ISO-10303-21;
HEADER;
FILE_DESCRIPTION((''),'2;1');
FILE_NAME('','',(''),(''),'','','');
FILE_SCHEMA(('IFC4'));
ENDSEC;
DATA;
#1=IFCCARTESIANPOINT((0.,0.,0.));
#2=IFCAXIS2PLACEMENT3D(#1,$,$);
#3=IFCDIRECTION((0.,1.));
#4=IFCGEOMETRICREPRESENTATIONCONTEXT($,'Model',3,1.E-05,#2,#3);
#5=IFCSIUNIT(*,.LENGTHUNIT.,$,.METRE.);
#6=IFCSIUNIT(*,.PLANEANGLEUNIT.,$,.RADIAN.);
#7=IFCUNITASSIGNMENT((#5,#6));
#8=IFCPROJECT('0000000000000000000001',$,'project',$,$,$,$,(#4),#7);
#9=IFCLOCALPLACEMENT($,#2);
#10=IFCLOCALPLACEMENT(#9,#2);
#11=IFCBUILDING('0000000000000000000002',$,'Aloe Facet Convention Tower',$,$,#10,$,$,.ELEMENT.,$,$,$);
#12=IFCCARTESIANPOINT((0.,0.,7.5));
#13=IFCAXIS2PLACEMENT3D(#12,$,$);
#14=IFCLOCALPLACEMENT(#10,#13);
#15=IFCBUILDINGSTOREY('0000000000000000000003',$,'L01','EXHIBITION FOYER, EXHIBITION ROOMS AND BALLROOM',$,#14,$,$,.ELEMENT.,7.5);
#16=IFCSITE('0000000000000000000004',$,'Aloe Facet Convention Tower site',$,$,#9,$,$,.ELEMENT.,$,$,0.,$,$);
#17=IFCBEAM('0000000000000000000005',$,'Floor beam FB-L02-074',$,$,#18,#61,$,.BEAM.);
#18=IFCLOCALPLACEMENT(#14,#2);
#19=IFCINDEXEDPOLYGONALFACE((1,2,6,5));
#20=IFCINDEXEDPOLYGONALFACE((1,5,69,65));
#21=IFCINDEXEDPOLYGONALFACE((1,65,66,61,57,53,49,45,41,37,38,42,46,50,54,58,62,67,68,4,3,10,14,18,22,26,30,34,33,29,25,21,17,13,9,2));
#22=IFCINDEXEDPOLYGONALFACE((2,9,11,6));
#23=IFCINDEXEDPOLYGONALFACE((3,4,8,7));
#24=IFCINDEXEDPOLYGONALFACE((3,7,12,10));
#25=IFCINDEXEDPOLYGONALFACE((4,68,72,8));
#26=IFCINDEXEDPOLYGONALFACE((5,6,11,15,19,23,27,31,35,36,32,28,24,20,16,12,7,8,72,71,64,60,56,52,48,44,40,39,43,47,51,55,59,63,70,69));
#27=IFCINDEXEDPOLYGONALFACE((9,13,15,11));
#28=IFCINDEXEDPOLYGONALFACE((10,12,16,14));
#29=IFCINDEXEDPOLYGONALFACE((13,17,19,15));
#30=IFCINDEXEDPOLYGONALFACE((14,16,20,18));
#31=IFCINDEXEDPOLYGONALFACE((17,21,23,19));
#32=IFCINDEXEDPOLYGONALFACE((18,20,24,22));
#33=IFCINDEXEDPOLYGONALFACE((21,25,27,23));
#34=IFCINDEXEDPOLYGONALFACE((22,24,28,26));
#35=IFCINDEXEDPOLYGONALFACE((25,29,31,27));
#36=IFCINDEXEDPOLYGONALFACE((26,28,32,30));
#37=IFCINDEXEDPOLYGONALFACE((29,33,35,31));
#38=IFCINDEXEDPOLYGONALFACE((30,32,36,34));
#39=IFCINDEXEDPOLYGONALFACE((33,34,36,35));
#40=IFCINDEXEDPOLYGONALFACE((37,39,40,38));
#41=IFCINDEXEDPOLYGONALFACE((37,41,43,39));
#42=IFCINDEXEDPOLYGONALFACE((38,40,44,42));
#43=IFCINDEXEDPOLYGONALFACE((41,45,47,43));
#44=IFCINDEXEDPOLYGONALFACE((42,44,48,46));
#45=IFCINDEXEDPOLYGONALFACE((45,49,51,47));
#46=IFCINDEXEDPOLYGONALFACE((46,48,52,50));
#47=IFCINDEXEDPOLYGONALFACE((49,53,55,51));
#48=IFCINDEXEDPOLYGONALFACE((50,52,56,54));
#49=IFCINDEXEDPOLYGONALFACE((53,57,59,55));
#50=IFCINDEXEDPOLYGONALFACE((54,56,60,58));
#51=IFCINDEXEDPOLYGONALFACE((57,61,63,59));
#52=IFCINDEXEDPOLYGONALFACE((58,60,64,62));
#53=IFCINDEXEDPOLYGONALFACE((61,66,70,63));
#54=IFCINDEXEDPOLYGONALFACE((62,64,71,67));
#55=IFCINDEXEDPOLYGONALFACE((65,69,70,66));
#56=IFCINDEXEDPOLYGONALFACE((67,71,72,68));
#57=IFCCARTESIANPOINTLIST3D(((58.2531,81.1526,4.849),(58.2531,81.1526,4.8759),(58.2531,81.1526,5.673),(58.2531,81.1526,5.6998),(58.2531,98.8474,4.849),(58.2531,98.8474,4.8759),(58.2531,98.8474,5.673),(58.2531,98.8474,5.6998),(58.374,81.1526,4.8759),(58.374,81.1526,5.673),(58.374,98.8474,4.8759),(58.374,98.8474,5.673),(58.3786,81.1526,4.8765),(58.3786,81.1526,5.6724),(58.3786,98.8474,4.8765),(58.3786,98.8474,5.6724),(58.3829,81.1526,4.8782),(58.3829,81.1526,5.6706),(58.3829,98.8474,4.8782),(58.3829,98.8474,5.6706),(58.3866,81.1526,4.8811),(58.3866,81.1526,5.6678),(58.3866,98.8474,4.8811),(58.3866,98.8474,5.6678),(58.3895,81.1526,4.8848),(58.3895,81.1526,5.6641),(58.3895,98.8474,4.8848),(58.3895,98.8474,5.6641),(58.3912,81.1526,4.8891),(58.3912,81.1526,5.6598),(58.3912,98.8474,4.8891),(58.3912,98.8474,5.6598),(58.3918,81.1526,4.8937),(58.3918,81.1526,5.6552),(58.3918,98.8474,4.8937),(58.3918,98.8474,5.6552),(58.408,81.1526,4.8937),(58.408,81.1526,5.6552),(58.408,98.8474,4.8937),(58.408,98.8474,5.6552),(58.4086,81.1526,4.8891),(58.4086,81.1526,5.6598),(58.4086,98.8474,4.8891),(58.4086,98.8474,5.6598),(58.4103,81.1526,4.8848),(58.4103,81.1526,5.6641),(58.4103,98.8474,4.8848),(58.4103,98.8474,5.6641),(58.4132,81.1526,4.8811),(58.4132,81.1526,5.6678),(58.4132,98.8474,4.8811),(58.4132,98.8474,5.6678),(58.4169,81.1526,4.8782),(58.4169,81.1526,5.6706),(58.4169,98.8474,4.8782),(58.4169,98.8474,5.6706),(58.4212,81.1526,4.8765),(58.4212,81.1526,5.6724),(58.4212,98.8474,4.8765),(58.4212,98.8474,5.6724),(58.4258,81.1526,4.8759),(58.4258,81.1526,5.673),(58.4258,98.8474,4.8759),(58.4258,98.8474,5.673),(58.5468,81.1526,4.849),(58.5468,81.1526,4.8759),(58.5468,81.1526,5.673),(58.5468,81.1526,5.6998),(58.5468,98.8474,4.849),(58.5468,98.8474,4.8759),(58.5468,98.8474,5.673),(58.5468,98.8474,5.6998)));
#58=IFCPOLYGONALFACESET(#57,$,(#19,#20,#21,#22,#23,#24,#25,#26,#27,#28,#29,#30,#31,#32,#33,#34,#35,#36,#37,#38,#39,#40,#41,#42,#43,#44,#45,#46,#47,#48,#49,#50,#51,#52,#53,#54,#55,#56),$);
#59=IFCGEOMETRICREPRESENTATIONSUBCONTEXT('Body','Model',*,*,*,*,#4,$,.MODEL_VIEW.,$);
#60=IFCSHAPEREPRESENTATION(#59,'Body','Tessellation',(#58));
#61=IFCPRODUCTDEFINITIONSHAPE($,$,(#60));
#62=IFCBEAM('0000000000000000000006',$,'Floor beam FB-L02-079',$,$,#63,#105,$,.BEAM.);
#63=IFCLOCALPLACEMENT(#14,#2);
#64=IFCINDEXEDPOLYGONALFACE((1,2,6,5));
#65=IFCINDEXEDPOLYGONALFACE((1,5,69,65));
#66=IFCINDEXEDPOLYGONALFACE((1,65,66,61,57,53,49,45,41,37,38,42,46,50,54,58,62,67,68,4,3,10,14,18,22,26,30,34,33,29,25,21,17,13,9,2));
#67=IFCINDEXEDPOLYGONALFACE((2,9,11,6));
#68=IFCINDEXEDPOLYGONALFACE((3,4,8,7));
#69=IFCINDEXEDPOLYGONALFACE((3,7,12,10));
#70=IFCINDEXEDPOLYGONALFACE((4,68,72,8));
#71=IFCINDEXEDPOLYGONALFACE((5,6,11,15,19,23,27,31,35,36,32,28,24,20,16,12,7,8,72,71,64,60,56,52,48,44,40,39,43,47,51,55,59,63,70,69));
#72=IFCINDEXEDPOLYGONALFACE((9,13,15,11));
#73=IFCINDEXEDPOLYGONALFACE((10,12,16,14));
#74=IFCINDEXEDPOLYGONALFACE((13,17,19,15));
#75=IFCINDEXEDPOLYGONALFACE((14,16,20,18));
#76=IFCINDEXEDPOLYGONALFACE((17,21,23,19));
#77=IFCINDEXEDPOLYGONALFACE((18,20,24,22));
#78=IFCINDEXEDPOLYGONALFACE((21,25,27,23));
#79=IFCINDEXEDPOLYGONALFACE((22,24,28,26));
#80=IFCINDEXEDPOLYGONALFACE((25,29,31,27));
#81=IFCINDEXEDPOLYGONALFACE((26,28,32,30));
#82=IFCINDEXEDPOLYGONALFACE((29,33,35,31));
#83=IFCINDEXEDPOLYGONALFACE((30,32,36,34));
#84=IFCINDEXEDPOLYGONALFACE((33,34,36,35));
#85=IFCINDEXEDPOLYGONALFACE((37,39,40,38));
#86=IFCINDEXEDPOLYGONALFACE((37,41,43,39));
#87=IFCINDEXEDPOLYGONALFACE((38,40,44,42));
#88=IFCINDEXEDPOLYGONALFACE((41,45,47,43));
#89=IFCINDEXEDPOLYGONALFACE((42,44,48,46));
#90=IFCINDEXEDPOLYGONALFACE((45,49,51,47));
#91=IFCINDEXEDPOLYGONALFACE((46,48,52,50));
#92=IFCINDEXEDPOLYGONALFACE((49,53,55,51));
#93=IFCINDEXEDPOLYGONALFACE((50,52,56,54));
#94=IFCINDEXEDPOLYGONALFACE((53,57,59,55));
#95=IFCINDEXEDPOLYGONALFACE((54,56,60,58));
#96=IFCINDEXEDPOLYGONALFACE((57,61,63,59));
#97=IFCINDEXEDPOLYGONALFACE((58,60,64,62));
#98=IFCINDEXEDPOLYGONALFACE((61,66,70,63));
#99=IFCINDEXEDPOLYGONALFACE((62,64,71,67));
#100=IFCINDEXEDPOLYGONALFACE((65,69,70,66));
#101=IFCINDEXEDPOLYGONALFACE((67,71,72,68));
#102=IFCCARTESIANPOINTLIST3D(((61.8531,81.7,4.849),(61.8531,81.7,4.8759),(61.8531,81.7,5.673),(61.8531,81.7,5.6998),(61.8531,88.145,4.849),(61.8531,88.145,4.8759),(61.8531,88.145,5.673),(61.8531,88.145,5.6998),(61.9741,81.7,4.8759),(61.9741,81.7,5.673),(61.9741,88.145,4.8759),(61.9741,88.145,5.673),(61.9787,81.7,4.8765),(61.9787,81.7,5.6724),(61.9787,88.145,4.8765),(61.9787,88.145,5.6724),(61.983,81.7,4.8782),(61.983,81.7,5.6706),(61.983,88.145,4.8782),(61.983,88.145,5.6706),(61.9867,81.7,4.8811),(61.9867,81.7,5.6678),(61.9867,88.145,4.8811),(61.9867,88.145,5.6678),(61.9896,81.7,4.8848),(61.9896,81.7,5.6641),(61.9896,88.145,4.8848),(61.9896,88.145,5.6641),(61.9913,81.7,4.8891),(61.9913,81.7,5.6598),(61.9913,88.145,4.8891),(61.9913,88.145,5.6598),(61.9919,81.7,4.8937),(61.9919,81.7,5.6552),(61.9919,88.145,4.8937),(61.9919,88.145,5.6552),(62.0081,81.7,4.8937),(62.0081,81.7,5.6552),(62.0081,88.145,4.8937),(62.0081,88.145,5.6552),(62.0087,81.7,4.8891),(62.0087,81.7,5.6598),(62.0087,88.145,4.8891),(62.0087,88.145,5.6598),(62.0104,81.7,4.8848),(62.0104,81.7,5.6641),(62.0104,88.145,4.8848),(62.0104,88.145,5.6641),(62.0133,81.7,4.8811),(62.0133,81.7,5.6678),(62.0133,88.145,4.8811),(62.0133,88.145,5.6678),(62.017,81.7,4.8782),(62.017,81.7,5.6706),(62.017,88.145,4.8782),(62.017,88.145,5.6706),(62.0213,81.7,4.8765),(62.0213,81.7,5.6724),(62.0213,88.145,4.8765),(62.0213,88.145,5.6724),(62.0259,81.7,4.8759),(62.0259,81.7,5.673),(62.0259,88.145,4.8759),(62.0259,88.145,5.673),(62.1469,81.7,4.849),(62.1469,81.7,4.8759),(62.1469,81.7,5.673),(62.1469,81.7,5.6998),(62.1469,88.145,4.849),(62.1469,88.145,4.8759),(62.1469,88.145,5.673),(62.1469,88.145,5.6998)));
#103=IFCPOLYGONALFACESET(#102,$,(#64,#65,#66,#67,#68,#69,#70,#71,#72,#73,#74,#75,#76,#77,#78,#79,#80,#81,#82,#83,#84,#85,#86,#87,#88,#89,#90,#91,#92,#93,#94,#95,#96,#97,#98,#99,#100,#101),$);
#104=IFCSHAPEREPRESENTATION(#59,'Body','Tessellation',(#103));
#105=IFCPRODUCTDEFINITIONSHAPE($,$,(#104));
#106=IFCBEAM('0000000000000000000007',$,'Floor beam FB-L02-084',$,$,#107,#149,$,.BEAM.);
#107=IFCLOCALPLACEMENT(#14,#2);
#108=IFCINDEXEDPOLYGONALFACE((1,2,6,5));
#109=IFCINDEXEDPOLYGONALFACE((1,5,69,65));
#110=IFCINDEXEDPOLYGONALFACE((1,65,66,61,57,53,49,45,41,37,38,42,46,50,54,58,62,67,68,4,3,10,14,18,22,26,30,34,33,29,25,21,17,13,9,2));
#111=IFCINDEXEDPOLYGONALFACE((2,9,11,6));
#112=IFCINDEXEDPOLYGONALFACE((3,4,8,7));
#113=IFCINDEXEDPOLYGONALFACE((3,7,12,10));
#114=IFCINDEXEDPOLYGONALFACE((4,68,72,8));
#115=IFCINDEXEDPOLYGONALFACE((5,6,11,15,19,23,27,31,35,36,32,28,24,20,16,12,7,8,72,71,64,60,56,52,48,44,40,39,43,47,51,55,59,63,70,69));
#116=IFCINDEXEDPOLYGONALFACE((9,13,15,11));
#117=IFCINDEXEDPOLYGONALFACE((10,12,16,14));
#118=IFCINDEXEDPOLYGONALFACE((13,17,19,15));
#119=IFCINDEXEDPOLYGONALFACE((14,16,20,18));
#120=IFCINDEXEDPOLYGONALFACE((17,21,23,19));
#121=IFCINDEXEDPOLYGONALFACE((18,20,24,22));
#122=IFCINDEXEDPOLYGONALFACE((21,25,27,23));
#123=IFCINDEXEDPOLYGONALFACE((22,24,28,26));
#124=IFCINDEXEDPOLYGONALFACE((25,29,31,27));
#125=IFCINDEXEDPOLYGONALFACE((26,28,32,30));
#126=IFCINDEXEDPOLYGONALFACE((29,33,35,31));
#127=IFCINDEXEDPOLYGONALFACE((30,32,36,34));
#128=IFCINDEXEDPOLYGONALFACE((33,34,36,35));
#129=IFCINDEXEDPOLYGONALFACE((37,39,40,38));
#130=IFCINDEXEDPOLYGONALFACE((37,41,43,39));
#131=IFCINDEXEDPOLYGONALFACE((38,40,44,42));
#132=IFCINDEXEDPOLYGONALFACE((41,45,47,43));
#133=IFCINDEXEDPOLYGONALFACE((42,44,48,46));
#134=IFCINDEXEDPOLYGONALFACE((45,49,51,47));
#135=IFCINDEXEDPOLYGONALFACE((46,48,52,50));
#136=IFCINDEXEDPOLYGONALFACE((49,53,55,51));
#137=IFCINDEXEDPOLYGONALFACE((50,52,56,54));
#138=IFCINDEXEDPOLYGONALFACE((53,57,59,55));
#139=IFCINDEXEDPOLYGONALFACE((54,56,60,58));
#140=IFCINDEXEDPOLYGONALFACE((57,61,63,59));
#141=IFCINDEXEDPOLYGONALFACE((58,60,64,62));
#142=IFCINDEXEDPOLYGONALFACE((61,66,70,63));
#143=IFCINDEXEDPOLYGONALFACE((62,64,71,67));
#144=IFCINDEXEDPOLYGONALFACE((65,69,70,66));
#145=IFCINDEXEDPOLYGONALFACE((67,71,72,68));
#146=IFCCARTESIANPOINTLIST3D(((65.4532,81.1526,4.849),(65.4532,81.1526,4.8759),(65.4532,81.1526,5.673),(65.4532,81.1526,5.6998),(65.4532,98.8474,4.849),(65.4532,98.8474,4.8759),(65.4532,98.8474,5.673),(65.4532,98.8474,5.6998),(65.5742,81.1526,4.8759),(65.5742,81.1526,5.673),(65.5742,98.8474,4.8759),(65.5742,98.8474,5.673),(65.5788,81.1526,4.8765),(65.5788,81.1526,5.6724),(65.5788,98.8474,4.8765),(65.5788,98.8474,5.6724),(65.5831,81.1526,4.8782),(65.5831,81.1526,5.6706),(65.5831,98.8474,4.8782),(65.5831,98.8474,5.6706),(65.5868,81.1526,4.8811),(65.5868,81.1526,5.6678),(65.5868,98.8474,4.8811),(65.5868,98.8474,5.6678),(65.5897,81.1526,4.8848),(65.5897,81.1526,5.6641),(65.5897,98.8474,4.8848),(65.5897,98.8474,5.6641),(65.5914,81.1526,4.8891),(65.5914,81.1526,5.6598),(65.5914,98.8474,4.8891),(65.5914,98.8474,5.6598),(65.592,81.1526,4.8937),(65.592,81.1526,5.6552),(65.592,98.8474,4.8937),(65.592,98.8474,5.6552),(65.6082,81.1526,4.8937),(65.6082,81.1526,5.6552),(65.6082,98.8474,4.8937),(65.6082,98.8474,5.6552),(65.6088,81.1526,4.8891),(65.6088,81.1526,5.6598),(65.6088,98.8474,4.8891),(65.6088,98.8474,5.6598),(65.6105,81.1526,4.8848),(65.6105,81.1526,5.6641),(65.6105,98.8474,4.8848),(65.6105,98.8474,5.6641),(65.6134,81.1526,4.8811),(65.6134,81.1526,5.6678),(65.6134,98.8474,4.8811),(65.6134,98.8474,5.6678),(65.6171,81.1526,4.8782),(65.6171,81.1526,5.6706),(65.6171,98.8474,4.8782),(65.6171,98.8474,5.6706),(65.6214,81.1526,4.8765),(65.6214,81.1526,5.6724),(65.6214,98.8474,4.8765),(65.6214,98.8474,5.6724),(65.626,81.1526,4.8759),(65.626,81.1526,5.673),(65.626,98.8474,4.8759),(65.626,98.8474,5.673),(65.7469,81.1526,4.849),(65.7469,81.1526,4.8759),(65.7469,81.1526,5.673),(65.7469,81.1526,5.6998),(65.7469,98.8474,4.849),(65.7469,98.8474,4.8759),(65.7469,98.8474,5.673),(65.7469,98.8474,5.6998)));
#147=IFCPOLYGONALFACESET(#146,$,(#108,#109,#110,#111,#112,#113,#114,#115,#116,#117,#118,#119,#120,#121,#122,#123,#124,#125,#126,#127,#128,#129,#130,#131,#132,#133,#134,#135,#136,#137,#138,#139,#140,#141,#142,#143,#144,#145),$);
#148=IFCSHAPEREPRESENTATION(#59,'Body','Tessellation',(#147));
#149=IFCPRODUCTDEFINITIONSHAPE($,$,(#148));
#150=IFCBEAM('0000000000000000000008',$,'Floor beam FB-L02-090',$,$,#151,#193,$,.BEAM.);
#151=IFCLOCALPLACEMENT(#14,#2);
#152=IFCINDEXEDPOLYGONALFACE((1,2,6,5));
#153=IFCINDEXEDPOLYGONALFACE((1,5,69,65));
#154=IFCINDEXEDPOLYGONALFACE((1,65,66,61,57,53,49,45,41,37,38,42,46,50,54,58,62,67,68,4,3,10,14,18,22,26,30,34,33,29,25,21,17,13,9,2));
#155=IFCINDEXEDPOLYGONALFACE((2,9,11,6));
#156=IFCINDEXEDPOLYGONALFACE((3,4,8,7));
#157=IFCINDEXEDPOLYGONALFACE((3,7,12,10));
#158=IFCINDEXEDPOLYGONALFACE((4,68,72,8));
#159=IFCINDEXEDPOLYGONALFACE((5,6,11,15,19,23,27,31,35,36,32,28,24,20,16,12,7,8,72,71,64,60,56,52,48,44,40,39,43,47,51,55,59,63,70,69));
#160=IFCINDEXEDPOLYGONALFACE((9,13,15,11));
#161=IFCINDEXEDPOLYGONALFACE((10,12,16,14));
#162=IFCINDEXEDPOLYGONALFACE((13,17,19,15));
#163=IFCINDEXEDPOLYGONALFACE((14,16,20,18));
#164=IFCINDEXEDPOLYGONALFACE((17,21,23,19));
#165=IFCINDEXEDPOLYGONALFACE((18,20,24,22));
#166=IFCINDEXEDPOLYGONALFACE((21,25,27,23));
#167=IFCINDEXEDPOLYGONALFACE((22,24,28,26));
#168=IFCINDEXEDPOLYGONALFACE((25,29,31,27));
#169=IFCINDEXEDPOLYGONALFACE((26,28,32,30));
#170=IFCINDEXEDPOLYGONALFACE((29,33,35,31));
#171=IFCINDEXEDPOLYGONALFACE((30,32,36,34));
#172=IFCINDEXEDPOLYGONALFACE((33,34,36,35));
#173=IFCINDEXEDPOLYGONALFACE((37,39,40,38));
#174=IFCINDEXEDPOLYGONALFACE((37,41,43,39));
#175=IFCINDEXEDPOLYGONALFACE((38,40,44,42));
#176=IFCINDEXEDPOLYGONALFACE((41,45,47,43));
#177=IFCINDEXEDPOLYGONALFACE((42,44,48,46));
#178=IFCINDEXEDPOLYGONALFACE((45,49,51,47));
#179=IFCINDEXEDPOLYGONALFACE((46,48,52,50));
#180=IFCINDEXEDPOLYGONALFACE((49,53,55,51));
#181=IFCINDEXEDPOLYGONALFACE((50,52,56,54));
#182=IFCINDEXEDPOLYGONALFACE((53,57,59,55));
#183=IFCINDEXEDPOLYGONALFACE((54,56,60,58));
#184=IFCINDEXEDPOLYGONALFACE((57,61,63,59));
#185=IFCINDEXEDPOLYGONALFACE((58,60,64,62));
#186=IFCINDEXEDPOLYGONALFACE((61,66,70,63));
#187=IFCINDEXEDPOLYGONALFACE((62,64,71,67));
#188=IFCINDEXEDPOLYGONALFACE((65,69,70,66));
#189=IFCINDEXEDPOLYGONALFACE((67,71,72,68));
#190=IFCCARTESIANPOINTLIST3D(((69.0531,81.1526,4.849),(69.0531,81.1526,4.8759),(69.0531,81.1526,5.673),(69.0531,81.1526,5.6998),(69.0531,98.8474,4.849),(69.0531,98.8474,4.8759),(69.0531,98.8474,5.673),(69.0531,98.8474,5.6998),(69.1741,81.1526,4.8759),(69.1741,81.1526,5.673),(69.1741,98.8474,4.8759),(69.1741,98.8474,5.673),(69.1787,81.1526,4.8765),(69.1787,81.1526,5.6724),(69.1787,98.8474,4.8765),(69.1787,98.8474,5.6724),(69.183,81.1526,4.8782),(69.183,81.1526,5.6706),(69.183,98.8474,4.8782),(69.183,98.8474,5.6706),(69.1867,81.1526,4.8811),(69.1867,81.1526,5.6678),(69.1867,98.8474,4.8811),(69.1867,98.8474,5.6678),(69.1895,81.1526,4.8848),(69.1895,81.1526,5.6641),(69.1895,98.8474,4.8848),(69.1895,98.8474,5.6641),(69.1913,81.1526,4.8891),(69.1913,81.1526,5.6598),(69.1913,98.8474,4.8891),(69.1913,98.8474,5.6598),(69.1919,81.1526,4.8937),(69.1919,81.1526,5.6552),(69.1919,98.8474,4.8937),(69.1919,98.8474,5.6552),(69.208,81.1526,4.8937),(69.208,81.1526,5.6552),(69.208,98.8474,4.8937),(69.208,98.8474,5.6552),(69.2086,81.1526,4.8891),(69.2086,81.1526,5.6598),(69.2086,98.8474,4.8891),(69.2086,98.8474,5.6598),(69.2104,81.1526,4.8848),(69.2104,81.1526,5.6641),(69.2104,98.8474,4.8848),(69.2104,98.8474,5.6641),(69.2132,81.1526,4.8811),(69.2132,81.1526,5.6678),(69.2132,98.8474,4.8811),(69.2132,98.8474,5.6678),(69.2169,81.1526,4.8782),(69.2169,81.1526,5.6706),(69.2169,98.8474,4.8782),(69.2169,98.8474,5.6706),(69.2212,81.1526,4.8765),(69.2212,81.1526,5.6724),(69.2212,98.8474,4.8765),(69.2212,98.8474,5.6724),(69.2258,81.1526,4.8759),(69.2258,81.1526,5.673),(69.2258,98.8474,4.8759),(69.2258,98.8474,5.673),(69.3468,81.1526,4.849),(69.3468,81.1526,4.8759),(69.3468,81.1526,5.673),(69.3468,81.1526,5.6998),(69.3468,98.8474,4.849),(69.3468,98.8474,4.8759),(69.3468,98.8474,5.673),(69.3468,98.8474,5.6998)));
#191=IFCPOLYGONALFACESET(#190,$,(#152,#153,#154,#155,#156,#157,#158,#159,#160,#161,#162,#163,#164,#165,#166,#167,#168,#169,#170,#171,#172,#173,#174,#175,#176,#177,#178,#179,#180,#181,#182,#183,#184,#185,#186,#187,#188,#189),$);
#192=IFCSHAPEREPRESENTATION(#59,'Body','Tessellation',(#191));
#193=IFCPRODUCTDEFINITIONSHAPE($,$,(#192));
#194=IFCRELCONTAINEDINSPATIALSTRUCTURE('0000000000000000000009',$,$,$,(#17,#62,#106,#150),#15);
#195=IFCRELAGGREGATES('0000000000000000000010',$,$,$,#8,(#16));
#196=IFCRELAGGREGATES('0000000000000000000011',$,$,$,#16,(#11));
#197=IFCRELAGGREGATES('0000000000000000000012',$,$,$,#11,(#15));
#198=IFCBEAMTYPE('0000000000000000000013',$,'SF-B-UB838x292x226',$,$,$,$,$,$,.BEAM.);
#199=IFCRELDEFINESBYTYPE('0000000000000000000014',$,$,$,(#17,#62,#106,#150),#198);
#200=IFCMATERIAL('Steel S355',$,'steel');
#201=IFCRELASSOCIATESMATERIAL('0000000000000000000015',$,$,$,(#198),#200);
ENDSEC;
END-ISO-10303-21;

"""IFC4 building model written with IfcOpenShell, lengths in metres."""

from ifc_helpers import new_model, si_unit, direction, frame, origin, origin_2d, place, context, subcontext, project, spatial, i_section, extrude, material, material_profile, profile_set, type_object, element, save


model = new_model("IFC4")

# Units and contexts
model_context = context("Model", 3, precision=1e-05, world=origin(), true_north=direction((0.0, 1.0)))
body_context = subcontext(model_context, "Body", "Model", "MODEL_VIEW")
ifc_project = project(units=[si_unit("LENGTHUNIT", "METRE"), si_unit("PLANEANGLEUNIT", "RADIAN")], contexts=[model_context])

# Site, building, storey
site_placement = place(None, origin())
site = spatial("IfcSite", under=ifc_project, at=site_placement, Name="Aloe Facet Convention Tower site", CompositionType="ELEMENT", RefElevation=0.0)
building_placement = place(site_placement, origin())
building = spatial("IfcBuilding", under=site, at=building_placement, Name="Aloe Facet Convention Tower", CompositionType="ELEMENT")
storey_placement = place(building_placement, frame((0.0, 0.0, 7.5)))
storey = spatial("IfcBuildingStorey", under=building, at=storey_placement, Name="L01", Description="EXHIBITION FOYER, EXHIBITION ROOMS AND BALLROOM", CompositionType="ELEMENT", Elevation=7.5)

# Beams
ifc_material_1 = material(Name="Steel S355", Category="steel")
ifc_material_profile_1 = material_profile(ifc_material_1, i_section(OverallWidth=0.2937, OverallDepth=0.8508, WebThickness=0.0161, FlangeThickness=0.0269, FilletRadius=0.0178, at=origin_2d()), Name="UB 838x292x226")
ifc_profile_set_1 = profile_set([ifc_material_profile_1], Name="Steel S355")
beam_type_1 = type_object("IfcBeamType", Name="SF-B-UB838x292x226", PredefinedType="BEAM", material=ifc_profile_set_1)
beam_1_placement = place(storey_placement, frame((58.3999, 81.1526, 5.2744), z_axis=(0.0, 1.0, 0.0), x_axis=(-1.0, 0.0, 0.0)))
element("IfcBeam", 1, at=beam_1_placement, inside=storey, type_object=beam_type_1, Name="Floor beam FB-L02-074", PredefinedType="BEAM", context=body_context, shape_type="SweptSolid", body=[
    extrude(i_section(OverallWidth=0.2937, OverallDepth=0.8508, WebThickness=0.0161, FlangeThickness=0.0269, FilletRadius=0.0178, at=origin_2d()), origin(), (0.0, 0.0, 1.0), 17.6948),
])
beam_2_placement = place(storey_placement, frame((62.0, 81.7, 5.2744), z_axis=(0.0, 1.0, 0.0), x_axis=(-1.0, 0.0, 0.0)))
element("IfcBeam", 2, at=beam_2_placement, inside=storey, type_object=beam_type_1, Name="Floor beam FB-L02-079", PredefinedType="BEAM", context=body_context, shape_type="SweptSolid", body=[
    extrude(i_section(OverallWidth=0.2937, OverallDepth=0.8508, WebThickness=0.0161, FlangeThickness=0.0269, FilletRadius=0.0178, at=origin_2d()), origin(), (0.0, 0.0, 1.0), 6.4451),
])
for number, where, z_axis, x_axis, name in (
    (3, (65.6001, 81.1526, 5.2744), (0.0, 1.0, 0.0), (-1.0, 0.0, 0.0), "Floor beam FB-L02-084"),
    (4, (69.2, 81.1526, 5.2744), (0.0, 1.0, 0.0), (-1.0, 0.0, 0.0), "Floor beam FB-L02-090"),
):
    element("IfcBeam", number, at=place(storey_placement, frame(where, z_axis=z_axis, x_axis=x_axis)), inside=storey, type_object=beam_type_1, Name=name, PredefinedType="BEAM", context=body_context, shape_type="SweptSolid", body=[
        extrude(i_section(OverallWidth=0.2937, OverallDepth=0.8508, WebThickness=0.0161, FlangeThickness=0.0269, FilletRadius=0.0178, at=origin_2d()), origin(), (0.0, 0.0, 1.0), 17.6948),
    ])

save(model, "model.ifc")
